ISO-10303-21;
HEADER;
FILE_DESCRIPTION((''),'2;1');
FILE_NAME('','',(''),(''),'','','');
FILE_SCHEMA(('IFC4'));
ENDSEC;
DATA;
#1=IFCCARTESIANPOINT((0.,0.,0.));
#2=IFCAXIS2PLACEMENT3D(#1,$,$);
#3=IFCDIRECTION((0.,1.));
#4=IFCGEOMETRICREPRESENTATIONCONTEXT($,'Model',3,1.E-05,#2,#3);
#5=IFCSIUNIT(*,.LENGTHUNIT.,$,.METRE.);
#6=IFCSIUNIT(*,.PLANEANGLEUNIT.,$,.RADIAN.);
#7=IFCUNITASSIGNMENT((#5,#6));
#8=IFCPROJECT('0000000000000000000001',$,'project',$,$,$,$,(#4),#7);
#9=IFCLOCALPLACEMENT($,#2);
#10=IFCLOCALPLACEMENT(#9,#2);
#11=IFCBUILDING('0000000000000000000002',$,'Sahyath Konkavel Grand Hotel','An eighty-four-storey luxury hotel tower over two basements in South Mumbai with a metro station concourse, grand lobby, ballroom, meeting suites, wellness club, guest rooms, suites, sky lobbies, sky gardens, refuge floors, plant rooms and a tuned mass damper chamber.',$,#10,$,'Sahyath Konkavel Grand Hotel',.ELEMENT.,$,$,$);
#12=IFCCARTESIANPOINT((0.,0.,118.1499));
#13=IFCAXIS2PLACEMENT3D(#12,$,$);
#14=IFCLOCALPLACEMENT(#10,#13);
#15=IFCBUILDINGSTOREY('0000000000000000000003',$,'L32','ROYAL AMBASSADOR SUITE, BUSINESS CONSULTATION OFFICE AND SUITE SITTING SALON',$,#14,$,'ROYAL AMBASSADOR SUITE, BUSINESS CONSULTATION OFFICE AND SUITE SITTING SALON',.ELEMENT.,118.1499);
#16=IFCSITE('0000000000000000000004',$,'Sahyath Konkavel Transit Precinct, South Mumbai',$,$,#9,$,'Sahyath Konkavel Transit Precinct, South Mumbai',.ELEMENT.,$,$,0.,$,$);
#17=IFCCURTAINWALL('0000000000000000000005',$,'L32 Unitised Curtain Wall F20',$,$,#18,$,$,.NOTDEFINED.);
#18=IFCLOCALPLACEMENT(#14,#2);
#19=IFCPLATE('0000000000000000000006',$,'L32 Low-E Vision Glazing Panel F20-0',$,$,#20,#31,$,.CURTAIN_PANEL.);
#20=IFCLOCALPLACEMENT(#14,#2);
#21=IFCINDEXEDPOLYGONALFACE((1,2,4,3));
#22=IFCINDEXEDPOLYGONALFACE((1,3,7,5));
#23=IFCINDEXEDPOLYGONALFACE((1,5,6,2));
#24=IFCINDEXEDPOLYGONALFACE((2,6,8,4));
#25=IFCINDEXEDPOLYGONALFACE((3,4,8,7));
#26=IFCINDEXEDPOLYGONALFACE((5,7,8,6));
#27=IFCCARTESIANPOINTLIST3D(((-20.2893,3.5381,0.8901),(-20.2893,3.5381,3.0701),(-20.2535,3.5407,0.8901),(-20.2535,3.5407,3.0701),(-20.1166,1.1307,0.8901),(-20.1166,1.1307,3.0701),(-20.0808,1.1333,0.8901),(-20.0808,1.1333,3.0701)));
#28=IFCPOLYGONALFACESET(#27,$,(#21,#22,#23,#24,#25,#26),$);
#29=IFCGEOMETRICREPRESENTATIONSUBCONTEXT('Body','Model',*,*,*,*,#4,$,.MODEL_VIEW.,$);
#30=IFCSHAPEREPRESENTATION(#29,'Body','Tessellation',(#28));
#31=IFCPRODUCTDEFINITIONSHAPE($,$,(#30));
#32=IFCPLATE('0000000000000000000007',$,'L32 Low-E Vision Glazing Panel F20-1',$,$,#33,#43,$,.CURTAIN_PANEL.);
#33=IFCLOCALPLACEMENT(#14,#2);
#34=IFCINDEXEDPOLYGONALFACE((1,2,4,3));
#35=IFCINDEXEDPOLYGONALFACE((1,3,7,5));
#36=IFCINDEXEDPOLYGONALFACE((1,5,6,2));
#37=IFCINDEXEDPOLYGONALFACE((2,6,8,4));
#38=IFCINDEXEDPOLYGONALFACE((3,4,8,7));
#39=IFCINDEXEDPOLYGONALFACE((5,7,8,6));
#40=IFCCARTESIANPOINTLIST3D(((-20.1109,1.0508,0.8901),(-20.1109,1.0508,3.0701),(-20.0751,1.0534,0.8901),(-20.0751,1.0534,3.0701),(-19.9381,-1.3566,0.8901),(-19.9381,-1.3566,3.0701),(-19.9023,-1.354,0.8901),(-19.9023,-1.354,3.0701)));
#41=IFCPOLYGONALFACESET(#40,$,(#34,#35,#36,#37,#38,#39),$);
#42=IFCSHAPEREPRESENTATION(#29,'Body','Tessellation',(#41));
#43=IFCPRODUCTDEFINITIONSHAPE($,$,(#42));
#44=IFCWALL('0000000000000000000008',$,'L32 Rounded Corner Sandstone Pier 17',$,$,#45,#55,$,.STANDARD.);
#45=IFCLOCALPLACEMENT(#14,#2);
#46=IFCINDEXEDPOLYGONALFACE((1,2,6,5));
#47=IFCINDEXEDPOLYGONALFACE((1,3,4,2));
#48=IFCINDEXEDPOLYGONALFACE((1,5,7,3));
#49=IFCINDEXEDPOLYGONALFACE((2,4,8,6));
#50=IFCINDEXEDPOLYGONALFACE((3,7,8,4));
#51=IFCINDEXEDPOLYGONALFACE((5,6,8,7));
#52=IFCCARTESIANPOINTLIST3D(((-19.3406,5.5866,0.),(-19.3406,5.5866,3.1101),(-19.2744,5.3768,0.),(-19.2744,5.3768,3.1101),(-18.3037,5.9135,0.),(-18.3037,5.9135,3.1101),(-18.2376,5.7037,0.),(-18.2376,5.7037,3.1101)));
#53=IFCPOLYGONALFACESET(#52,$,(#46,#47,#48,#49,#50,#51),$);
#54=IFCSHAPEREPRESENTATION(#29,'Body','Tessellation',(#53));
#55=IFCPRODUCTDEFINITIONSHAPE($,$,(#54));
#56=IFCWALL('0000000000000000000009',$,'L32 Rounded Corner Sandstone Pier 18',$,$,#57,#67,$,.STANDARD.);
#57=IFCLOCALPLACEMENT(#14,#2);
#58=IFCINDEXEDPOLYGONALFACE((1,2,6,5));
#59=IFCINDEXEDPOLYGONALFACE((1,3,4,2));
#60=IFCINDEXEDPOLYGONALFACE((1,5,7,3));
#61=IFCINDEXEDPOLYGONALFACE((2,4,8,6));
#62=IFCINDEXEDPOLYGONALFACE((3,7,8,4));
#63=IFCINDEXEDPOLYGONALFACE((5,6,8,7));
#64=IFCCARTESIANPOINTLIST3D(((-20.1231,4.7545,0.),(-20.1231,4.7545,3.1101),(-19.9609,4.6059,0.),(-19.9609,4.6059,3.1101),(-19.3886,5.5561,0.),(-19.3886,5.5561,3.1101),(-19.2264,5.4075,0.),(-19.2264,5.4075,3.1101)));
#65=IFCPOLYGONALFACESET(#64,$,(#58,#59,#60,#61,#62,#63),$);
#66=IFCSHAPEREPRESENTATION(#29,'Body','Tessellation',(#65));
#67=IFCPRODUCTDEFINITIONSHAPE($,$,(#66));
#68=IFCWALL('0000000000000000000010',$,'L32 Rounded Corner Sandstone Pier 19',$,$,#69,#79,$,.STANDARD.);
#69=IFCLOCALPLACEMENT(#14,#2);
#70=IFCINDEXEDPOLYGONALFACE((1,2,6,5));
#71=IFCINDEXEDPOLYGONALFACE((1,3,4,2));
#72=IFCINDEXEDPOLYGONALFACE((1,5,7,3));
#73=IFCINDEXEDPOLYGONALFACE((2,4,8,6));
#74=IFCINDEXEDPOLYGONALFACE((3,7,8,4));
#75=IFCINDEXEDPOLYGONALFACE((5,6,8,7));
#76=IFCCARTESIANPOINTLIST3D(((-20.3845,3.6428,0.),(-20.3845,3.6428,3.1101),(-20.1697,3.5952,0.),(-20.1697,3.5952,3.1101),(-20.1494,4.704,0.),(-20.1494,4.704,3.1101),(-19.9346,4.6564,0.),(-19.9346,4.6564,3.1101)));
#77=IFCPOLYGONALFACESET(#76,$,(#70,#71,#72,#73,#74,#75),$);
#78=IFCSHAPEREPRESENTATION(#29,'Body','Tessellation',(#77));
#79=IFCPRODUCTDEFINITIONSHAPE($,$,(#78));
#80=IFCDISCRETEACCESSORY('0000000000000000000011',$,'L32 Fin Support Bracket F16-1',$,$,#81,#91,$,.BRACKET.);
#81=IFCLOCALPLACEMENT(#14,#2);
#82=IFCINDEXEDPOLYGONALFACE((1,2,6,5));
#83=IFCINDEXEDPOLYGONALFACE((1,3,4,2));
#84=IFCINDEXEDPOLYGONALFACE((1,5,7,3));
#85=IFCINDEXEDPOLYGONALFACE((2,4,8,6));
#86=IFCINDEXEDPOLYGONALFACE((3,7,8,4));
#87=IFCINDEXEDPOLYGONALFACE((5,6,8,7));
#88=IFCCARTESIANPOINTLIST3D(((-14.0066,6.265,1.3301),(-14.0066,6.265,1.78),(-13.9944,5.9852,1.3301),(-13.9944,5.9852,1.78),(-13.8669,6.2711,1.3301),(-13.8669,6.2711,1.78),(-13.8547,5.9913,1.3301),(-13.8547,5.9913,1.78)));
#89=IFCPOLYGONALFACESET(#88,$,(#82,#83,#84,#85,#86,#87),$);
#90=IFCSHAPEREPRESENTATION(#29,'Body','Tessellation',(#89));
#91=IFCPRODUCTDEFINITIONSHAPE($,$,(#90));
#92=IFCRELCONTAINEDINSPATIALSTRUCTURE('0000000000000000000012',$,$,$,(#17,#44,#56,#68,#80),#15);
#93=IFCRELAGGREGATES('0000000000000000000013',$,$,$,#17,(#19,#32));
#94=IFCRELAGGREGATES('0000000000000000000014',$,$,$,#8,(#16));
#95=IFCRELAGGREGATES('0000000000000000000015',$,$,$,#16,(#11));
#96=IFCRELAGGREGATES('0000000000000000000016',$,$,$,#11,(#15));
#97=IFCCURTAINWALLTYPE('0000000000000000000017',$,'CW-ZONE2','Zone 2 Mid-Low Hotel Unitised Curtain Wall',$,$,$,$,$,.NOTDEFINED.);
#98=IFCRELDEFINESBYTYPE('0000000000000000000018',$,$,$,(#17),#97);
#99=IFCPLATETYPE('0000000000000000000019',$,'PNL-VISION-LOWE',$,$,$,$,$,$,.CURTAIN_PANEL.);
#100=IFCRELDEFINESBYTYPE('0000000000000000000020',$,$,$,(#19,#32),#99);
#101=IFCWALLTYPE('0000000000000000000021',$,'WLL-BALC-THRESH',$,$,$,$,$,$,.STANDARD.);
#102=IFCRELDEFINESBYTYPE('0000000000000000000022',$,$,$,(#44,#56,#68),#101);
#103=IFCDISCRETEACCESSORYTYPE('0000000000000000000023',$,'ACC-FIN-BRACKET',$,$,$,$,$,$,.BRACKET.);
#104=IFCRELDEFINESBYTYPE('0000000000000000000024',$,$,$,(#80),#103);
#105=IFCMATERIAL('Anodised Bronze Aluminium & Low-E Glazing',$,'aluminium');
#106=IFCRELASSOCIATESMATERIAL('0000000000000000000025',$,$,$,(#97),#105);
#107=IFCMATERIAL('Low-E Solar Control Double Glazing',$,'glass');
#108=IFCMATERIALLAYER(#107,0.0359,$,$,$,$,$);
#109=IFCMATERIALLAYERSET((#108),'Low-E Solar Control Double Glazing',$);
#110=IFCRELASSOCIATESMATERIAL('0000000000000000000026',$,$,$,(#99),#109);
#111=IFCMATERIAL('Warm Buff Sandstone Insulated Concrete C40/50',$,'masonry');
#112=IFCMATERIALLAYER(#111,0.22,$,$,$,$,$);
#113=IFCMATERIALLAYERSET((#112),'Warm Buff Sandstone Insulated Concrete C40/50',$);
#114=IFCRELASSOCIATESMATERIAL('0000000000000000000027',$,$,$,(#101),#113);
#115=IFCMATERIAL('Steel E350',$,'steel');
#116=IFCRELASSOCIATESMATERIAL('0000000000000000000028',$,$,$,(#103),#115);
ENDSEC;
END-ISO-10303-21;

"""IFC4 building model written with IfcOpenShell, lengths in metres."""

from ifc_helpers import new_model, si_unit, direction, frame, frame_2d, origin, origin_2d, place, context, subcontext, project, spatial, rectangle, extrude, source, transform, mapped, material, layer, layer_set, type_object, element, aggregate, save


model = new_model("IFC4")

# Units and contexts
model_context = context("Model", 3, precision=1e-05, world=origin(), true_north=direction((0.0, 1.0)))
body_context = subcontext(model_context, "Body", "Model", "MODEL_VIEW")
ifc_project = project(units=[si_unit("LENGTHUNIT", "METRE"), si_unit("PLANEANGLEUNIT", "RADIAN")], contexts=[model_context])

# Site, building, storey
site_placement = place(None, origin())
site = spatial("IfcSite", under=ifc_project, at=site_placement, Name="Sahyath Konkavel Transit Precinct, South Mumbai", LongName="Sahyath Konkavel Transit Precinct, South Mumbai", CompositionType="ELEMENT", RefElevation=0.0)
building_placement = place(site_placement, origin())
building = spatial("IfcBuilding", under=site, at=building_placement, Name="Sahyath Konkavel Grand Hotel", Description="An eighty-four-storey luxury hotel tower over two basements in South Mumbai with a metro station concourse, grand lobby, ballroom, meeting suites, wellness club, guest rooms, suites, sky lobbies, sky gardens, refuge floors, plant rooms and a tuned mass damper chamber.", LongName="Sahyath Konkavel Grand Hotel", CompositionType="ELEMENT")
storey_placement = place(building_placement, frame((0.0, 0.0, 118.1499)))
storey = spatial("IfcBuildingStorey", under=building, at=storey_placement, Name="L32", Description="ROYAL AMBASSADOR SUITE, BUSINESS CONSULTATION OFFICE AND SUITE SITTING SALON", LongName="ROYAL AMBASSADOR SUITE, BUSINESS CONSULTATION OFFICE AND SUITE SITTING SALON", CompositionType="ELEMENT", Elevation=118.1499)

# Shared definitions
ifc_material_1 = material(Name="Steel E350", Category="steel")

# Curtain wall
ifc_material_2 = material(Name="Anodised Bronze Aluminium & Low-E Glazing", Category="aluminium")
curtain_wall_type = type_object("IfcCurtainWallType", Name="CW-ZONE2", Description="Zone 2 Mid-Low Hotel Unitised Curtain Wall", PredefinedType="NOTDEFINED", material=ifc_material_2)
curtain_wall_1_placement = place(storey_placement, origin())
curtain_wall_1 = element("IfcCurtainWall", 1, at=curtain_wall_1_placement, inside=storey, type_object=curtain_wall_type, Name="L32 Unitised Curtain Wall F20", PredefinedType="NOTDEFINED")

# Plates
ifc_material_3 = material(Name="Low-E Solar Control Double Glazing", Category="glass")
ifc_layer_1 = layer(ifc_material_3, 0.0359)
ifc_layer_set_1 = layer_set([ifc_layer_1], Name="Low-E Solar Control Double Glazing")
plate_type_1 = type_object("IfcPlateType", Name="PNL-VISION-LOWE", PredefinedType="CURTAIN_PANEL", material=ifc_layer_set_1)
shared_shape_1 = source(origin(), body_context, "Body", "SweptSolid", [
    extrude(rectangle(XDim=2.4136, YDim=0.0359, at=origin_2d()), origin(), (0.0, 0.0, 1.0), 2.1799),
])
plate_1_placement = place(storey_placement, frame((-20.1851, 2.3357, 0.8901), z_axis=(0.0, 0.0, 1.0), x_axis=(0.071567, -0.997436, 0.0)))
plate_1 = element("IfcPlate", 2, at=plate_1_placement, type_object=plate_type_1, Name="L32 Low-E Vision Glazing Panel F20-0", PredefinedType="CURTAIN_PANEL", context=body_context, shape_type="MappedRepresentation", body=[
    mapped(shared_shape_1, transform((0.0, 0.0, 0.0), scale=1.0)),
])
plate_2_placement = place(storey_placement, frame((-20.0066, -0.1516, 0.8901), z_axis=(0.0, 0.0, 1.0), x_axis=(0.071567, -0.997436, 0.0)))
plate_2 = element("IfcPlate", 3, at=plate_2_placement, type_object=plate_type_1, Name="L32 Low-E Vision Glazing Panel F20-1", PredefinedType="CURTAIN_PANEL", context=body_context, shape_type="MappedRepresentation", body=[
    mapped(shared_shape_1, transform((0.0, 0.0, 0.0), scale=1.0)),
])
aggregate(curtain_wall_1, [plate_1, plate_2])

# Walls
ifc_material_4 = material(Name="Warm Buff Sandstone Insulated Concrete C40/50", Category="masonry")
ifc_layer_2 = layer(ifc_material_4, 0.22)
ifc_layer_set_2 = layer_set([ifc_layer_2], Name="Warm Buff Sandstone Insulated Concrete C40/50")
wall_type = type_object("IfcWallType", Name="WLL-BALC-THRESH", PredefinedType="STANDARD", material=ifc_layer_set_2)
for number, where, z_axis, x_axis, name in (
    (4, (-18.2708, 5.8086, 0.0), (0.0, 0.0, 1.0), (-0.953722, -0.300691, 0.0), "L32 Rounded Corner Sandstone Pier 17"),
    (5, (-19.3076, 5.4817, 0.0), (0.0, 0.0, 1.0), (-0.675552, -0.737313, 0.0), "L32 Rounded Corner Sandstone Pier 18"),
):
    element("IfcWall", number, at=place(storey_placement, frame(where, z_axis=z_axis, x_axis=x_axis)), inside=storey, type_object=wall_type, Name=name, PredefinedType="STANDARD", context=body_context, shape_type="SweptSolid", body=[
        extrude(rectangle(XDim=1.0872, YDim=0.22, at=frame_2d((0.5435, 0.0))), origin(), (0.0, 0.0, 1.0), 3.1101),
    ])
wall_placement = place(storey_placement, frame((-20.042, 4.6802, 0.0), z_axis=(0.0, 0.0, 1.0), x_axis=(-0.216288, -0.97633, 0.0)))
element("IfcWall", 6, at=wall_placement, inside=storey, type_object=wall_type, Name="L32 Rounded Corner Sandstone Pier 19", PredefinedType="STANDARD", context=body_context, shape_type="SweptSolid", body=[
    extrude(rectangle(XDim=1.0869, YDim=0.22, at=frame_2d((0.5435, 0.0))), origin(), (0.0, 0.0, 1.0), 3.1101),
])

# Discrete accessory
discrete_accessory_type = type_object("IfcDiscreteAccessoryType", Name="ACC-FIN-BRACKET", PredefinedType="BRACKET", material=ifc_material_1)
shared_shape_2 = source(origin(), body_context, "Body", "SweptSolid", [
    extrude(rectangle(XDim=0.28, YDim=0.1399, at=origin_2d()), origin(), (0.0, 0.0, 1.0), 0.45),
])
discrete_accessory_placement = place(storey_placement, frame((-13.9307, 6.1282, 1.3301), z_axis=(0.0, 0.0, 1.0), x_axis=(-0.043602, 0.999049, 0.0)))
element("IfcDiscreteAccessory", 7, at=discrete_accessory_placement, inside=storey, type_object=discrete_accessory_type, Name="L32 Fin Support Bracket F16-1", PredefinedType="BRACKET", context=body_context, shape_type="MappedRepresentation", body=[
    mapped(shared_shape_2, transform((0.0, 0.0, 0.0), scale=1.0)),
])

save(model, "model.ifc")
